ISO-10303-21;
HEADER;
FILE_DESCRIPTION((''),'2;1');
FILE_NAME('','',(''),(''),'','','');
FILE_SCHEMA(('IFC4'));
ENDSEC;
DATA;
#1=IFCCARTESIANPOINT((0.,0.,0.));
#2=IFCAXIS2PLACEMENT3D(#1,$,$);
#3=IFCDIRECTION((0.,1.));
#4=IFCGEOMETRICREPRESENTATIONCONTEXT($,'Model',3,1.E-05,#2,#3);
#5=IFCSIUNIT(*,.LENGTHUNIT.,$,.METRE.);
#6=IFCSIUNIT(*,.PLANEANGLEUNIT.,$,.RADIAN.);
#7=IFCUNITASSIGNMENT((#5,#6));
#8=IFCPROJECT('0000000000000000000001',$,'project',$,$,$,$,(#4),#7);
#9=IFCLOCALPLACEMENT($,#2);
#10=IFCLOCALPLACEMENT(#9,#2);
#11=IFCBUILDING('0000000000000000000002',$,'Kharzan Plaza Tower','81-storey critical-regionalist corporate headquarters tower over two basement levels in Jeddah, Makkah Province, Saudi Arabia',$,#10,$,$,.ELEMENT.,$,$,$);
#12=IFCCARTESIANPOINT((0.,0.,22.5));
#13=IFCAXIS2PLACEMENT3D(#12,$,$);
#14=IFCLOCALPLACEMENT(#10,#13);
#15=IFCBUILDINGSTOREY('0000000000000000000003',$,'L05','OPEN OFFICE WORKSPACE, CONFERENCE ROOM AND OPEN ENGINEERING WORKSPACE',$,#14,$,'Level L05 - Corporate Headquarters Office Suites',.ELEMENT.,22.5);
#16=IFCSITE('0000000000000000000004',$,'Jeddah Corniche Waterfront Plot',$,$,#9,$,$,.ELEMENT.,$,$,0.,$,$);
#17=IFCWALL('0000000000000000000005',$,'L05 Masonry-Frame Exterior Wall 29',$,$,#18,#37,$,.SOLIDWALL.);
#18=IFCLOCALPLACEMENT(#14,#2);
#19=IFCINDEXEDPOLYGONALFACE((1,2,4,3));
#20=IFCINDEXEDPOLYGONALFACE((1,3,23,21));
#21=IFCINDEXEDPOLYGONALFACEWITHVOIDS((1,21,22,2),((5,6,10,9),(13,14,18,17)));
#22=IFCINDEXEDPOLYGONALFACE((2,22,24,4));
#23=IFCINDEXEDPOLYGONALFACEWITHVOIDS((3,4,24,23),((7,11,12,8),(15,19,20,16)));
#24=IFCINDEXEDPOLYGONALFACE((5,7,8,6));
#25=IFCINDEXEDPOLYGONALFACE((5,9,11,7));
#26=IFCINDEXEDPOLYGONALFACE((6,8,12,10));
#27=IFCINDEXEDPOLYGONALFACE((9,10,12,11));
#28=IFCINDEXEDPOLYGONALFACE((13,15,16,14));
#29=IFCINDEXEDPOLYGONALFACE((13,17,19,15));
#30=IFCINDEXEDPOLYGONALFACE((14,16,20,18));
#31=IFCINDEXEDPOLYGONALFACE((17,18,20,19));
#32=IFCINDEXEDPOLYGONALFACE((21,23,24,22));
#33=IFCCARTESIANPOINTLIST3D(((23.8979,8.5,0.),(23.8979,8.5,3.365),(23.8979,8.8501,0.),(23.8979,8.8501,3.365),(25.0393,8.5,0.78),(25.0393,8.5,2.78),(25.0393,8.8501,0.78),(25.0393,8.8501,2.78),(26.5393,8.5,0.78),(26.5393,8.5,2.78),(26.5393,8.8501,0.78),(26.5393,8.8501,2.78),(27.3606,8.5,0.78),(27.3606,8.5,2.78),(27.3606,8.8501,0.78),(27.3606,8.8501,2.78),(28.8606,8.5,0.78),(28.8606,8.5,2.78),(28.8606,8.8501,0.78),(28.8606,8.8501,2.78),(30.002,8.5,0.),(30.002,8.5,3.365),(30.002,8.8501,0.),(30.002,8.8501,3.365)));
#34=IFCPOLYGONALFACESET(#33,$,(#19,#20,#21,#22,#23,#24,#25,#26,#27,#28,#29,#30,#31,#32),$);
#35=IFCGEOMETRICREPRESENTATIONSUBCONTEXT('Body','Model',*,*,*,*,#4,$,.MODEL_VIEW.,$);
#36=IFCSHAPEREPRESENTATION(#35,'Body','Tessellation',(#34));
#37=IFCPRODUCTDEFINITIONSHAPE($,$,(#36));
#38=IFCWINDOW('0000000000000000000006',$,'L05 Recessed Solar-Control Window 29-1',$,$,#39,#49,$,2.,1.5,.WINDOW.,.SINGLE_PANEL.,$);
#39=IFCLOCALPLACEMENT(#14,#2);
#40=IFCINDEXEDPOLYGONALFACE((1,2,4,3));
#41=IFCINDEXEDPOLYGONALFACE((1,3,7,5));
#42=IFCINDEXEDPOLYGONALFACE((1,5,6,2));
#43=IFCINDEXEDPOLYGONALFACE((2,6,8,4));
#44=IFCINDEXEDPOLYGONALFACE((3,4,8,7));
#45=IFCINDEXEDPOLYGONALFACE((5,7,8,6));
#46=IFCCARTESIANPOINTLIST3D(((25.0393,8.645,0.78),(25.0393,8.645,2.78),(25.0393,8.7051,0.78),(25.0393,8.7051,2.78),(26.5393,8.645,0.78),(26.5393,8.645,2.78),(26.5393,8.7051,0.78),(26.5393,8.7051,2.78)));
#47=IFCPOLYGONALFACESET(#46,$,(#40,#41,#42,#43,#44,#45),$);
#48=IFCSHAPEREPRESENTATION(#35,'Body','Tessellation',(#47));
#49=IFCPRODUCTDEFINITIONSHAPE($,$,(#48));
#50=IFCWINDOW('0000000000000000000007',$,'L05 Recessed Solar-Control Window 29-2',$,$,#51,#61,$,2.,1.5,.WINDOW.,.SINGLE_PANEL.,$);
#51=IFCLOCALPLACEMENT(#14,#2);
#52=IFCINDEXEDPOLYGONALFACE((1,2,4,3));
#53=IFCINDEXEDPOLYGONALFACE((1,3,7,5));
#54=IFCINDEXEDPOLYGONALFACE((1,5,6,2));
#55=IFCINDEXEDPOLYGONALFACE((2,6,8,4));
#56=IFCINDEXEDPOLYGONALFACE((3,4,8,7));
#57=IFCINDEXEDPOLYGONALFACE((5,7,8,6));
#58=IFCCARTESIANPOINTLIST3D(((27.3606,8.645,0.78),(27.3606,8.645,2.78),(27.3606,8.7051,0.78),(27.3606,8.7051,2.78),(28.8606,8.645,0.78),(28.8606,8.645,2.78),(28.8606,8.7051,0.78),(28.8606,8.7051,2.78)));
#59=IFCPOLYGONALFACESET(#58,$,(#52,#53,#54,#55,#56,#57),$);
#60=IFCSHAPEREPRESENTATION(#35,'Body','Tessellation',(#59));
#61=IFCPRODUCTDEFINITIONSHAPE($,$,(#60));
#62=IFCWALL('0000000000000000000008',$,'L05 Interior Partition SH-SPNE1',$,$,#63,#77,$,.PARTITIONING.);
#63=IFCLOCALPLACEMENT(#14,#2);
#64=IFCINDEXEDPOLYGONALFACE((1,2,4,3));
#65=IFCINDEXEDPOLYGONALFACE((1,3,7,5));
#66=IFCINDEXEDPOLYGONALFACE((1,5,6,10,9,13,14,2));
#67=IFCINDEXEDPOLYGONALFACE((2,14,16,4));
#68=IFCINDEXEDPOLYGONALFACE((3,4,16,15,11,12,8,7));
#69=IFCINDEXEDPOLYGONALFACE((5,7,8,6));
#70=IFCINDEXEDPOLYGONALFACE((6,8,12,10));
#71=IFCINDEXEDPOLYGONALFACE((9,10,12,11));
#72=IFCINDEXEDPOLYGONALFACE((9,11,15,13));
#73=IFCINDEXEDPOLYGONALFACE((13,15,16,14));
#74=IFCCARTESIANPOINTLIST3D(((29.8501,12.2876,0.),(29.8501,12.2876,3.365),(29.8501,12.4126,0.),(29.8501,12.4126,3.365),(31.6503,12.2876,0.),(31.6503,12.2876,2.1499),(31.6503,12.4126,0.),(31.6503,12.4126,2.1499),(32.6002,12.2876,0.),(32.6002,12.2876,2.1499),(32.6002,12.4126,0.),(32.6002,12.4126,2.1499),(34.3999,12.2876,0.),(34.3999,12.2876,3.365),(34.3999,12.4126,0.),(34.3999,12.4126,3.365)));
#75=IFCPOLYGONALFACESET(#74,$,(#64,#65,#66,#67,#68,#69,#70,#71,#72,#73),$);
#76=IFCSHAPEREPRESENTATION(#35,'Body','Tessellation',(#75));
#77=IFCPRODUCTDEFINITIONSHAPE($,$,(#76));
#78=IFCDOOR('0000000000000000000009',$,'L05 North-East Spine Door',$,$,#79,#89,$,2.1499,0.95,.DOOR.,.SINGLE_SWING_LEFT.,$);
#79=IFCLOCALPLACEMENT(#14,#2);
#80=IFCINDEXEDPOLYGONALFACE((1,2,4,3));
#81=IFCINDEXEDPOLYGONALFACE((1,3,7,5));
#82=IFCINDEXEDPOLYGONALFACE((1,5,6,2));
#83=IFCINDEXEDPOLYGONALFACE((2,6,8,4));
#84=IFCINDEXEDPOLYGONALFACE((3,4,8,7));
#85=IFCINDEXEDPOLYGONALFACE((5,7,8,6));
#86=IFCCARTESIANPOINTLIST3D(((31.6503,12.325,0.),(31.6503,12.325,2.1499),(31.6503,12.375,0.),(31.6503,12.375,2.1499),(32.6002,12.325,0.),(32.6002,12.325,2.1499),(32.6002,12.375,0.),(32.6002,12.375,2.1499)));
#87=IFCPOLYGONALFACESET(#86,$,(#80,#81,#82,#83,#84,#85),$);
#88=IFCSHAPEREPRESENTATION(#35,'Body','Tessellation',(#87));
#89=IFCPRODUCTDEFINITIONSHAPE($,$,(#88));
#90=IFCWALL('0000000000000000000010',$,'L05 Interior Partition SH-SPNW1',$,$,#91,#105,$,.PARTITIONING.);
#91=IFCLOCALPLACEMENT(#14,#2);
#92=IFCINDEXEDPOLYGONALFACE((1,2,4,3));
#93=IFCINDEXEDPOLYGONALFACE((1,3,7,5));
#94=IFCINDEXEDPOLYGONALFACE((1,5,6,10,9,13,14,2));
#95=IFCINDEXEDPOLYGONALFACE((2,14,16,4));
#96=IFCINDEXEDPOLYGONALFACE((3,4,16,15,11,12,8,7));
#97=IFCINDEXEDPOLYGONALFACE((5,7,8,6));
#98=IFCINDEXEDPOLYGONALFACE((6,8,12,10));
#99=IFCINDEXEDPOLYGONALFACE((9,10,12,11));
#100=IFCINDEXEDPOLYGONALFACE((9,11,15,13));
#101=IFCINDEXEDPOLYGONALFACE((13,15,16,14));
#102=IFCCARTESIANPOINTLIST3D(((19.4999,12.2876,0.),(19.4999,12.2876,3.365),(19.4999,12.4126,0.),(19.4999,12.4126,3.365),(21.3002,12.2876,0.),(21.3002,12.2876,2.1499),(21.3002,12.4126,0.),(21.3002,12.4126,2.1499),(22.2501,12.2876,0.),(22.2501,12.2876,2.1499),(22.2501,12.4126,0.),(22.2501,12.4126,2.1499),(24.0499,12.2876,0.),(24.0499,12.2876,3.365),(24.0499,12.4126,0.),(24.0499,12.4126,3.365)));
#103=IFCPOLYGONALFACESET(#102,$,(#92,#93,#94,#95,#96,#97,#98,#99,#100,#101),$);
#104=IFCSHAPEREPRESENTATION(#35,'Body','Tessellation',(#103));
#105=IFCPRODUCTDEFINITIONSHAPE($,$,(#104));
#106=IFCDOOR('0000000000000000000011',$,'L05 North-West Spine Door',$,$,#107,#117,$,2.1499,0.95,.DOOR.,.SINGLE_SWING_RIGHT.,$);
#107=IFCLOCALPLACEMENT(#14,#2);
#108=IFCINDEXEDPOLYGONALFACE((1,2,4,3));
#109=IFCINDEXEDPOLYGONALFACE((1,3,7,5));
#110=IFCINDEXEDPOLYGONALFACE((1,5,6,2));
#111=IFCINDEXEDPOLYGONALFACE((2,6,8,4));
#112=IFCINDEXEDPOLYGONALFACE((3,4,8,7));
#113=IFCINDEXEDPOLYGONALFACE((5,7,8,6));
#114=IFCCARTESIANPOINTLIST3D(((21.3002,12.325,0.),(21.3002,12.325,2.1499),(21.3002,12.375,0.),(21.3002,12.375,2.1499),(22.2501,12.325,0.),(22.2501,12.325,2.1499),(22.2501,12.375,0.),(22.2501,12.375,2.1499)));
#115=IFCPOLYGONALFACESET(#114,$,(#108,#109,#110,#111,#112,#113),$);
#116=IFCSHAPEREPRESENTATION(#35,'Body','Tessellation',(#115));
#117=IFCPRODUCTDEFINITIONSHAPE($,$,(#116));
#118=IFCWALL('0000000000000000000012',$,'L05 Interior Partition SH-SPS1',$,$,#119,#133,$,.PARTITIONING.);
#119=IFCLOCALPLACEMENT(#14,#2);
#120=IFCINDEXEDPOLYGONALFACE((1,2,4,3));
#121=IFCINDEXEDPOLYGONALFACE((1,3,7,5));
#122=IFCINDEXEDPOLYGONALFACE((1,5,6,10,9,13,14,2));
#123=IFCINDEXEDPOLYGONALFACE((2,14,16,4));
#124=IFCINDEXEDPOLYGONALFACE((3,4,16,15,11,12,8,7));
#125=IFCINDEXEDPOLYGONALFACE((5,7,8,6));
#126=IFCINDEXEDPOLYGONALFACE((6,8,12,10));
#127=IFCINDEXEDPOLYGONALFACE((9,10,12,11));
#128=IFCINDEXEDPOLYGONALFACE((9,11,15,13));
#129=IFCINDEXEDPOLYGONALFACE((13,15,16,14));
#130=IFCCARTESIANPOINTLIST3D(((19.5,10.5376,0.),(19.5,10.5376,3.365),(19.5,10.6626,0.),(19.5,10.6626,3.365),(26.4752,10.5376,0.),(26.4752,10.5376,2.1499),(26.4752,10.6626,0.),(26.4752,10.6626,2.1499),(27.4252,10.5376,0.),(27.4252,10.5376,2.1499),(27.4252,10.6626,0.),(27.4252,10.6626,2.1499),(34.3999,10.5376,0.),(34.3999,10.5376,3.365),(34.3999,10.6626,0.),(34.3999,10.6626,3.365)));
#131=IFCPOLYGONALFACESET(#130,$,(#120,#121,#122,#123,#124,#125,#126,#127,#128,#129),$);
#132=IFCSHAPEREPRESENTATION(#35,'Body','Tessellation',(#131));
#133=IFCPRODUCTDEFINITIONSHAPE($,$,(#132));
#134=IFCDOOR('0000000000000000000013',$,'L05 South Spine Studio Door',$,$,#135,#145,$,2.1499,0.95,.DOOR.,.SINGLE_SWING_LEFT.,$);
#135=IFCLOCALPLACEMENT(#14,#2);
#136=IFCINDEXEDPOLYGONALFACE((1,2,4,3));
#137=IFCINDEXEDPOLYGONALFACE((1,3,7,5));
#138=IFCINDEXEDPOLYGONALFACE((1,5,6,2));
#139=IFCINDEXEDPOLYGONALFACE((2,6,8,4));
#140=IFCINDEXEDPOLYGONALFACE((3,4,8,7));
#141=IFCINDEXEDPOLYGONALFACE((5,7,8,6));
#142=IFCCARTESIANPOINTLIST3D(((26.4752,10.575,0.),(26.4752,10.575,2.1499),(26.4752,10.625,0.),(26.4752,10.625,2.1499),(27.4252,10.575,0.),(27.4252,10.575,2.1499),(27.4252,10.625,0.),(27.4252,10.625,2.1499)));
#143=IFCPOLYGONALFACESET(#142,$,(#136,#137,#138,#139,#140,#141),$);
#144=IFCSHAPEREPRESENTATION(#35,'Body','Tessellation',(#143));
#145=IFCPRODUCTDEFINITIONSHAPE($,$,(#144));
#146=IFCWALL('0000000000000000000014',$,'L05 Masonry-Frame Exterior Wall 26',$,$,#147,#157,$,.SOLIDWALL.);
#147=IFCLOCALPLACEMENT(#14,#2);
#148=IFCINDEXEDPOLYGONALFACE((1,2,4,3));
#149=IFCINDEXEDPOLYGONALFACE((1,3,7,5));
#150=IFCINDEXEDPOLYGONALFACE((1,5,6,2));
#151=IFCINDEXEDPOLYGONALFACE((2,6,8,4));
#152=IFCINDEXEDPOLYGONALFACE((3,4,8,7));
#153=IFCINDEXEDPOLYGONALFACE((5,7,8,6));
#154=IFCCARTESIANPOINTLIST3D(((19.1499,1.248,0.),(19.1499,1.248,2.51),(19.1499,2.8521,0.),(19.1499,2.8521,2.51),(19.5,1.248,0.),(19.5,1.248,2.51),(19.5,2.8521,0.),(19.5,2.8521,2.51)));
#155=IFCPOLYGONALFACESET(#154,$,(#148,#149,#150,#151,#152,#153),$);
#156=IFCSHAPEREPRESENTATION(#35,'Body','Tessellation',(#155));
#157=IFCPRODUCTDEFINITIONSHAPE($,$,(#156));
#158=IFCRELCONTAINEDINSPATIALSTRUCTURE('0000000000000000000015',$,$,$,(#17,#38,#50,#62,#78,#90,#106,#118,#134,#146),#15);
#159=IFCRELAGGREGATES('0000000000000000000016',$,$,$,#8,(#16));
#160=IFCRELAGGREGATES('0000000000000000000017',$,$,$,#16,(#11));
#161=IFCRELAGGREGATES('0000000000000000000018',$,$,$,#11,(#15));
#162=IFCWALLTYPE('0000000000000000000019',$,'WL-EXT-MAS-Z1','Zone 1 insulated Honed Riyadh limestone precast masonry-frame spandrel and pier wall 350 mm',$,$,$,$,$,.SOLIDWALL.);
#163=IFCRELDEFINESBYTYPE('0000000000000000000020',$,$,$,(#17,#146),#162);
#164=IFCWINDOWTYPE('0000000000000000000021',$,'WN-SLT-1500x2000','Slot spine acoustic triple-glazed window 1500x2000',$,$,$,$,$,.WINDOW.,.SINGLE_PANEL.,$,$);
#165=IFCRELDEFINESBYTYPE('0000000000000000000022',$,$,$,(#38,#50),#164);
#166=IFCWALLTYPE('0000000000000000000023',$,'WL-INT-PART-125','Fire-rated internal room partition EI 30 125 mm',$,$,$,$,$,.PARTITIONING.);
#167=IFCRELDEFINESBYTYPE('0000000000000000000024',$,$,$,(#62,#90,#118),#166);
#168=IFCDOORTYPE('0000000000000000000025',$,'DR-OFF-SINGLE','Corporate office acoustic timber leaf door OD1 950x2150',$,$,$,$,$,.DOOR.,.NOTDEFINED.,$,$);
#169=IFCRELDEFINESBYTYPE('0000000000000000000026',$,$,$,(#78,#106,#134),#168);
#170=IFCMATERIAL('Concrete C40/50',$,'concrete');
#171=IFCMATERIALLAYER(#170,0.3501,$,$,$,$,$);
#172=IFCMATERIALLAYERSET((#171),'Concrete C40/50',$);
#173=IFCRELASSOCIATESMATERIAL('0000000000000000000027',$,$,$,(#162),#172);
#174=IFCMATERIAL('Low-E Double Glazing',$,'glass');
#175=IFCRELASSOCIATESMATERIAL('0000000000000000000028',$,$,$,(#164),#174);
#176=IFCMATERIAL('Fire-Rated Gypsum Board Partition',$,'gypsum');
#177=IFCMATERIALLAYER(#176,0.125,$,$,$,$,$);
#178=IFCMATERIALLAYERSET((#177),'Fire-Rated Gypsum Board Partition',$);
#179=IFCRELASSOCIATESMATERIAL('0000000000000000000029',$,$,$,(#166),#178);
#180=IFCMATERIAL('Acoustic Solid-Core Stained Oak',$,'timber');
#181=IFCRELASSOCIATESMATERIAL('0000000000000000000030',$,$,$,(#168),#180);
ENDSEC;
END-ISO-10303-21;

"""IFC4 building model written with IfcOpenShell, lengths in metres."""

from ifc_helpers import new_model, si_unit, direction, frame, frame_2d, origin, place, context, subcontext, project, spatial, rectangle, extrude, source, transform, mapped, material, layer, layer_set, type_object, element, fill, save


model = new_model("IFC4")

# Units and contexts
model_context = context("Model", 3, precision=1e-05, world=origin(), true_north=direction((0.0, 1.0)))
body_context = subcontext(model_context, "Body", "Model", "MODEL_VIEW")
ifc_project = project(units=[si_unit("LENGTHUNIT", "METRE"), si_unit("PLANEANGLEUNIT", "RADIAN")], contexts=[model_context])

# Site, building, storey
site_placement = place(None, origin())
site = spatial("IfcSite", under=ifc_project, at=site_placement, Name="Jeddah Corniche Waterfront Plot", CompositionType="ELEMENT", RefElevation=0.0)
building_placement = place(site_placement, origin())
building = spatial("IfcBuilding", under=site, at=building_placement, Name="Kharzan Plaza Tower", Description="81-storey critical-regionalist corporate headquarters tower over two basement levels in Jeddah, Makkah Province, Saudi Arabia", CompositionType="ELEMENT")
storey_placement = place(building_placement, frame((0.0, 0.0, 22.5)))
storey = spatial("IfcBuildingStorey", under=building, at=storey_placement, Name="L05", Description="OPEN OFFICE WORKSPACE, CONFERENCE ROOM AND OPEN ENGINEERING WORKSPACE", LongName="Level L05 - Corporate Headquarters Office Suites", CompositionType="ELEMENT", Elevation=22.5)

# Shared definitions
ifc_material_1 = material(Name="Concrete C40/50", Category="concrete")
ifc_layer_1 = layer(ifc_material_1, 0.3501)
ifc_layer_set_1 = layer_set([ifc_layer_1], Name="Concrete C40/50")
wall_type_1 = type_object("IfcWallType", Name="WL-EXT-MAS-Z1", Description="Zone 1 insulated Honed Riyadh limestone precast masonry-frame spandrel and pier wall 350 mm", PredefinedType="SOLIDWALL", material=ifc_layer_set_1)
ifc_material_2 = material(Name="Low-E Double Glazing", Category="glass")
window_type = type_object("IfcWindowType", Name="WN-SLT-1500x2000", Description="Slot spine acoustic triple-glazed window 1500x2000", PartitioningType="SINGLE_PANEL", PredefinedType="WINDOW", material=ifc_material_2)
shared_shape_1 = source(origin(), body_context, "Body", "SweptSolid", [
    extrude(rectangle(XDim=1.5, YDim=2.0, at=frame_2d((0.75, 1.0))), frame((0.0, 0.03, 0.0), z_axis=(0.0, -1.0, 0.0), x_axis=(1.0, 0.0, 0.0)), (0.0, 0.0, 1.0), 0.0601),
])

# Wall, openings, windows
wall_1_placement = place(storey_placement, frame((23.8979, 8.675, 0.0), z_axis=(0.0, 0.0, 1.0), x_axis=(1.0, 0.0, 0.0)))
wall_1 = element("IfcWall", 1, at=wall_1_placement, inside=storey, type_object=wall_type_1, Name="L05 Masonry-Frame Exterior Wall 29", PredefinedType="SOLIDWALL", context=body_context, shape_type="SweptSolid", body=[
    extrude(rectangle(XDim=6.104, YDim=0.3501, at=frame_2d((3.052, 0.0))), origin(), (0.0, 0.0, 1.0), 3.365),
])
opening_1_placement = place(wall_1_placement, frame((1.1414, 0.0, 0.78)))
opening_1 = element("IfcOpeningElement", 2, at=opening_1_placement, cuts=wall_1, PredefinedType="OPENING", context=body_context, shape_type="SweptSolid", body=[
    extrude(rectangle(XDim=1.5, YDim=2.0, at=frame_2d((0.75, 1.0))), frame((0.0, 0.1851, 0.0), z_axis=(0.0, -1.0, 0.0), x_axis=(1.0, 0.0, 0.0)), (0.0, 0.0, 1.0), 0.3701),
])
opening_2_placement = place(wall_1_placement, frame((3.4626, 0.0, 0.78)))
opening_2 = element("IfcOpeningElement", 3, at=opening_2_placement, cuts=wall_1, PredefinedType="OPENING", context=body_context, shape_type="SweptSolid", body=[
    extrude(rectangle(XDim=1.5, YDim=2.0, at=frame_2d((0.75, 1.0))), frame((0.0, 0.1851, 0.0), z_axis=(0.0, -1.0, 0.0), x_axis=(1.0, 0.0, 0.0)), (0.0, 0.0, 1.0), 0.3701),
])
window_1_placement = place(opening_1_placement, origin())
window_1 = element("IfcWindow", 4, at=window_1_placement, inside=storey, type_object=window_type, Name="L05 Recessed Solar-Control Window 29-1", OverallHeight=2.0, OverallWidth=1.5, PartitioningType="SINGLE_PANEL", PredefinedType="WINDOW", context=body_context, shape_type="MappedRepresentation", body=[
    mapped(shared_shape_1, transform((0.0, 0.0, 0.0), x_axis=(1.0, 0.0, 0.0), y_axis=(0.0, 1.0, 0.0), z_axis=(0.0, 0.0, 1.0))),
])
fill(opening_1, window_1)
window_2_placement = place(opening_2_placement, origin())
window_2 = element("IfcWindow", 5, at=window_2_placement, inside=storey, type_object=window_type, Name="L05 Recessed Solar-Control Window 29-2", OverallHeight=2.0, OverallWidth=1.5, PartitioningType="SINGLE_PANEL", PredefinedType="WINDOW", context=body_context, shape_type="MappedRepresentation", body=[
    mapped(shared_shape_1, transform((0.0, 0.0, 0.0), x_axis=(1.0, 0.0, 0.0), y_axis=(0.0, 1.0, 0.0), z_axis=(0.0, 0.0, 1.0))),
])
fill(opening_2, window_2)

# Walls, openings, doors
ifc_material_3 = material(Name="Fire-Rated Gypsum Board Partition", Category="gypsum")
ifc_layer_2 = layer(ifc_material_3, 0.125)
ifc_layer_set_2 = layer_set([ifc_layer_2], Name="Fire-Rated Gypsum Board Partition")
wall_type_2 = type_object("IfcWallType", Name="WL-INT-PART-125", Description="Fire-rated internal room partition EI 30 125 mm", PredefinedType="PARTITIONING", material=ifc_layer_set_2)
wall_2_placement = place(storey_placement, frame((29.8501, 12.3501, 0.0), z_axis=(0.0, 0.0, 1.0), x_axis=(1.0, 0.0, 0.0)))
wall_2 = element("IfcWall", 6, at=wall_2_placement, inside=storey, type_object=wall_type_2, Name="L05 Interior Partition SH-SPNE1", PredefinedType="PARTITIONING", context=body_context, shape_type="SweptSolid", body=[
    extrude(rectangle(XDim=4.5498, YDim=0.125, at=frame_2d((2.2749, 0.0))), origin(), (0.0, 0.0, 1.0), 3.365),
])
opening_3_placement = place(wall_2_placement, frame((1.8, 0.0, 0.0)))
opening_3 = element("IfcOpeningElement", 7, at=opening_3_placement, cuts=wall_2, PredefinedType="OPENING", context=body_context, shape_type="SweptSolid", body=[
    extrude(rectangle(XDim=0.95, YDim=2.1499, at=frame_2d((0.4751, 1.075))), frame((0.0, 0.0725, 0.0), z_axis=(0.0, -1.0, 0.0), x_axis=(1.0, 0.0, 0.0)), (0.0, 0.0, 1.0), 0.145),
])
ifc_material_4 = material(Name="Acoustic Solid-Core Stained Oak", Category="timber")
door_type = type_object("IfcDoorType", Name="DR-OFF-SINGLE", Description="Corporate office acoustic timber leaf door OD1 950x2150", OperationType="NOTDEFINED", PredefinedType="DOOR", material=ifc_material_4)
shared_shape_2 = source(origin(), body_context, "Body", "SweptSolid", [
    extrude(rectangle(XDim=0.95, YDim=2.1499, at=frame_2d((0.4751, 1.075))), frame((0.0, 0.0249, 0.0), z_axis=(0.0, -1.0, 0.0), x_axis=(1.0, 0.0, 0.0)), (0.0, 0.0, 1.0), 0.05),
])
door_1_placement = place(opening_3_placement, origin())
door_1 = element("IfcDoor", 8, at=door_1_placement, inside=storey, type_object=door_type, Name="L05 North-East Spine Door", OperationType="SINGLE_SWING_LEFT", OverallHeight=2.1499, OverallWidth=0.95, PredefinedType="DOOR", context=body_context, shape_type="MappedRepresentation", body=[
    mapped(shared_shape_2, transform((0.0, 0.0, 0.0), x_axis=(1.0, 0.0, 0.0), y_axis=(0.0, 1.0, 0.0), z_axis=(0.0, 0.0, 1.0))),
])
fill(opening_3, door_1)
wall_3_placement = place(storey_placement, frame((19.5, 12.3501, 0.0), z_axis=(0.0, 0.0, 1.0), x_axis=(1.0, 0.0, 0.0)))
wall_3 = element("IfcWall", 9, at=wall_3_placement, inside=storey, type_object=wall_type_2, Name="L05 Interior Partition SH-SPNW1", PredefinedType="PARTITIONING", context=body_context, shape_type="SweptSolid", body=[
    extrude(rectangle(XDim=4.55, YDim=0.125, at=frame_2d((2.2749, 0.0))), origin(), (0.0, 0.0, 1.0), 3.365),
])
opening_4_placement = place(wall_3_placement, frame((1.8, 0.0, 0.0)))
opening_4 = element("IfcOpeningElement", 10, at=opening_4_placement, cuts=wall_3, PredefinedType="OPENING", context=body_context, shape_type="SweptSolid", body=[
    extrude(rectangle(XDim=0.95, YDim=2.1499, at=frame_2d((0.4751, 1.075))), frame((0.0, 0.0725, 0.0), z_axis=(0.0, -1.0, 0.0), x_axis=(1.0, 0.0, 0.0)), (0.0, 0.0, 1.0), 0.145),
])
door_2_placement = place(opening_4_placement, origin())
door_2 = element("IfcDoor", 11, at=door_2_placement, inside=storey, type_object=door_type, Name="L05 North-West Spine Door", OperationType="SINGLE_SWING_RIGHT", OverallHeight=2.1499, OverallWidth=0.95, PredefinedType="DOOR", context=body_context, shape_type="MappedRepresentation", body=[
    mapped(shared_shape_2, transform((0.0, 0.0, 0.0), x_axis=(1.0, 0.0, 0.0), y_axis=(0.0, 1.0, 0.0), z_axis=(0.0, 0.0, 1.0))),
])
fill(opening_4, door_2)
wall_4_placement = place(storey_placement, frame((19.5, 10.6001, 0.0), z_axis=(0.0, 0.0, 1.0), x_axis=(1.0, 0.0, 0.0)))
wall_4 = element("IfcWall", 12, at=wall_4_placement, inside=storey, type_object=wall_type_2, Name="L05 Interior Partition SH-SPS1", PredefinedType="PARTITIONING", context=body_context, shape_type="SweptSolid", body=[
    extrude(rectangle(XDim=14.8999, YDim=0.125, at=frame_2d((7.45, 0.0))), origin(), (0.0, 0.0, 1.0), 3.365),
])
opening_5_placement = place(wall_4_placement, frame((6.9751, 0.0, 0.0)))
opening_5 = element("IfcOpeningElement", 13, at=opening_5_placement, cuts=wall_4, PredefinedType="OPENING", context=body_context, shape_type="SweptSolid", body=[
    extrude(rectangle(XDim=0.95, YDim=2.1499, at=frame_2d((0.4751, 1.075))), frame((0.0, 0.0725, 0.0), z_axis=(0.0, -1.0, 0.0), x_axis=(1.0, 0.0, 0.0)), (0.0, 0.0, 1.0), 0.145),
])
door_3_placement = place(opening_5_placement, origin())
door_3 = element("IfcDoor", 14, at=door_3_placement, inside=storey, type_object=door_type, Name="L05 South Spine Studio Door", OperationType="SINGLE_SWING_LEFT", OverallHeight=2.1499, OverallWidth=0.95, PredefinedType="DOOR", context=body_context, shape_type="MappedRepresentation", body=[
    mapped(shared_shape_2, transform((0.0, 0.0, 0.0), x_axis=(1.0, 0.0, 0.0), y_axis=(0.0, 1.0, 0.0), z_axis=(0.0, 0.0, 1.0))),
])
fill(opening_5, door_3)

# Wall
shared_shape_3 = source(origin(), body_context, "Body", "SweptSolid", [
    extrude(rectangle(XDim=1.604, YDim=0.3501, at=frame_2d((0.802, 0.0))), origin(), (0.0, 0.0, 1.0), 2.51),
])
wall_5_placement = place(storey_placement, frame((19.325, 1.248, 0.0), z_axis=(0.0, 0.0, 1.0), x_axis=(0.0, 1.0, 0.0)))
element("IfcWall", 15, at=wall_5_placement, inside=storey, type_object=wall_type_1, Name="L05 Masonry-Frame Exterior Wall 26", PredefinedType="SOLIDWALL", context=body_context, shape_type="MappedRepresentation", body=[
    mapped(shared_shape_3, transform((0.0, 0.0, 0.0), x_axis=(1.0, 0.0, 0.0), y_axis=(0.0, 1.0, 0.0), z_axis=(0.0, 0.0, 1.0))),
])

save(model, "model.ifc")
